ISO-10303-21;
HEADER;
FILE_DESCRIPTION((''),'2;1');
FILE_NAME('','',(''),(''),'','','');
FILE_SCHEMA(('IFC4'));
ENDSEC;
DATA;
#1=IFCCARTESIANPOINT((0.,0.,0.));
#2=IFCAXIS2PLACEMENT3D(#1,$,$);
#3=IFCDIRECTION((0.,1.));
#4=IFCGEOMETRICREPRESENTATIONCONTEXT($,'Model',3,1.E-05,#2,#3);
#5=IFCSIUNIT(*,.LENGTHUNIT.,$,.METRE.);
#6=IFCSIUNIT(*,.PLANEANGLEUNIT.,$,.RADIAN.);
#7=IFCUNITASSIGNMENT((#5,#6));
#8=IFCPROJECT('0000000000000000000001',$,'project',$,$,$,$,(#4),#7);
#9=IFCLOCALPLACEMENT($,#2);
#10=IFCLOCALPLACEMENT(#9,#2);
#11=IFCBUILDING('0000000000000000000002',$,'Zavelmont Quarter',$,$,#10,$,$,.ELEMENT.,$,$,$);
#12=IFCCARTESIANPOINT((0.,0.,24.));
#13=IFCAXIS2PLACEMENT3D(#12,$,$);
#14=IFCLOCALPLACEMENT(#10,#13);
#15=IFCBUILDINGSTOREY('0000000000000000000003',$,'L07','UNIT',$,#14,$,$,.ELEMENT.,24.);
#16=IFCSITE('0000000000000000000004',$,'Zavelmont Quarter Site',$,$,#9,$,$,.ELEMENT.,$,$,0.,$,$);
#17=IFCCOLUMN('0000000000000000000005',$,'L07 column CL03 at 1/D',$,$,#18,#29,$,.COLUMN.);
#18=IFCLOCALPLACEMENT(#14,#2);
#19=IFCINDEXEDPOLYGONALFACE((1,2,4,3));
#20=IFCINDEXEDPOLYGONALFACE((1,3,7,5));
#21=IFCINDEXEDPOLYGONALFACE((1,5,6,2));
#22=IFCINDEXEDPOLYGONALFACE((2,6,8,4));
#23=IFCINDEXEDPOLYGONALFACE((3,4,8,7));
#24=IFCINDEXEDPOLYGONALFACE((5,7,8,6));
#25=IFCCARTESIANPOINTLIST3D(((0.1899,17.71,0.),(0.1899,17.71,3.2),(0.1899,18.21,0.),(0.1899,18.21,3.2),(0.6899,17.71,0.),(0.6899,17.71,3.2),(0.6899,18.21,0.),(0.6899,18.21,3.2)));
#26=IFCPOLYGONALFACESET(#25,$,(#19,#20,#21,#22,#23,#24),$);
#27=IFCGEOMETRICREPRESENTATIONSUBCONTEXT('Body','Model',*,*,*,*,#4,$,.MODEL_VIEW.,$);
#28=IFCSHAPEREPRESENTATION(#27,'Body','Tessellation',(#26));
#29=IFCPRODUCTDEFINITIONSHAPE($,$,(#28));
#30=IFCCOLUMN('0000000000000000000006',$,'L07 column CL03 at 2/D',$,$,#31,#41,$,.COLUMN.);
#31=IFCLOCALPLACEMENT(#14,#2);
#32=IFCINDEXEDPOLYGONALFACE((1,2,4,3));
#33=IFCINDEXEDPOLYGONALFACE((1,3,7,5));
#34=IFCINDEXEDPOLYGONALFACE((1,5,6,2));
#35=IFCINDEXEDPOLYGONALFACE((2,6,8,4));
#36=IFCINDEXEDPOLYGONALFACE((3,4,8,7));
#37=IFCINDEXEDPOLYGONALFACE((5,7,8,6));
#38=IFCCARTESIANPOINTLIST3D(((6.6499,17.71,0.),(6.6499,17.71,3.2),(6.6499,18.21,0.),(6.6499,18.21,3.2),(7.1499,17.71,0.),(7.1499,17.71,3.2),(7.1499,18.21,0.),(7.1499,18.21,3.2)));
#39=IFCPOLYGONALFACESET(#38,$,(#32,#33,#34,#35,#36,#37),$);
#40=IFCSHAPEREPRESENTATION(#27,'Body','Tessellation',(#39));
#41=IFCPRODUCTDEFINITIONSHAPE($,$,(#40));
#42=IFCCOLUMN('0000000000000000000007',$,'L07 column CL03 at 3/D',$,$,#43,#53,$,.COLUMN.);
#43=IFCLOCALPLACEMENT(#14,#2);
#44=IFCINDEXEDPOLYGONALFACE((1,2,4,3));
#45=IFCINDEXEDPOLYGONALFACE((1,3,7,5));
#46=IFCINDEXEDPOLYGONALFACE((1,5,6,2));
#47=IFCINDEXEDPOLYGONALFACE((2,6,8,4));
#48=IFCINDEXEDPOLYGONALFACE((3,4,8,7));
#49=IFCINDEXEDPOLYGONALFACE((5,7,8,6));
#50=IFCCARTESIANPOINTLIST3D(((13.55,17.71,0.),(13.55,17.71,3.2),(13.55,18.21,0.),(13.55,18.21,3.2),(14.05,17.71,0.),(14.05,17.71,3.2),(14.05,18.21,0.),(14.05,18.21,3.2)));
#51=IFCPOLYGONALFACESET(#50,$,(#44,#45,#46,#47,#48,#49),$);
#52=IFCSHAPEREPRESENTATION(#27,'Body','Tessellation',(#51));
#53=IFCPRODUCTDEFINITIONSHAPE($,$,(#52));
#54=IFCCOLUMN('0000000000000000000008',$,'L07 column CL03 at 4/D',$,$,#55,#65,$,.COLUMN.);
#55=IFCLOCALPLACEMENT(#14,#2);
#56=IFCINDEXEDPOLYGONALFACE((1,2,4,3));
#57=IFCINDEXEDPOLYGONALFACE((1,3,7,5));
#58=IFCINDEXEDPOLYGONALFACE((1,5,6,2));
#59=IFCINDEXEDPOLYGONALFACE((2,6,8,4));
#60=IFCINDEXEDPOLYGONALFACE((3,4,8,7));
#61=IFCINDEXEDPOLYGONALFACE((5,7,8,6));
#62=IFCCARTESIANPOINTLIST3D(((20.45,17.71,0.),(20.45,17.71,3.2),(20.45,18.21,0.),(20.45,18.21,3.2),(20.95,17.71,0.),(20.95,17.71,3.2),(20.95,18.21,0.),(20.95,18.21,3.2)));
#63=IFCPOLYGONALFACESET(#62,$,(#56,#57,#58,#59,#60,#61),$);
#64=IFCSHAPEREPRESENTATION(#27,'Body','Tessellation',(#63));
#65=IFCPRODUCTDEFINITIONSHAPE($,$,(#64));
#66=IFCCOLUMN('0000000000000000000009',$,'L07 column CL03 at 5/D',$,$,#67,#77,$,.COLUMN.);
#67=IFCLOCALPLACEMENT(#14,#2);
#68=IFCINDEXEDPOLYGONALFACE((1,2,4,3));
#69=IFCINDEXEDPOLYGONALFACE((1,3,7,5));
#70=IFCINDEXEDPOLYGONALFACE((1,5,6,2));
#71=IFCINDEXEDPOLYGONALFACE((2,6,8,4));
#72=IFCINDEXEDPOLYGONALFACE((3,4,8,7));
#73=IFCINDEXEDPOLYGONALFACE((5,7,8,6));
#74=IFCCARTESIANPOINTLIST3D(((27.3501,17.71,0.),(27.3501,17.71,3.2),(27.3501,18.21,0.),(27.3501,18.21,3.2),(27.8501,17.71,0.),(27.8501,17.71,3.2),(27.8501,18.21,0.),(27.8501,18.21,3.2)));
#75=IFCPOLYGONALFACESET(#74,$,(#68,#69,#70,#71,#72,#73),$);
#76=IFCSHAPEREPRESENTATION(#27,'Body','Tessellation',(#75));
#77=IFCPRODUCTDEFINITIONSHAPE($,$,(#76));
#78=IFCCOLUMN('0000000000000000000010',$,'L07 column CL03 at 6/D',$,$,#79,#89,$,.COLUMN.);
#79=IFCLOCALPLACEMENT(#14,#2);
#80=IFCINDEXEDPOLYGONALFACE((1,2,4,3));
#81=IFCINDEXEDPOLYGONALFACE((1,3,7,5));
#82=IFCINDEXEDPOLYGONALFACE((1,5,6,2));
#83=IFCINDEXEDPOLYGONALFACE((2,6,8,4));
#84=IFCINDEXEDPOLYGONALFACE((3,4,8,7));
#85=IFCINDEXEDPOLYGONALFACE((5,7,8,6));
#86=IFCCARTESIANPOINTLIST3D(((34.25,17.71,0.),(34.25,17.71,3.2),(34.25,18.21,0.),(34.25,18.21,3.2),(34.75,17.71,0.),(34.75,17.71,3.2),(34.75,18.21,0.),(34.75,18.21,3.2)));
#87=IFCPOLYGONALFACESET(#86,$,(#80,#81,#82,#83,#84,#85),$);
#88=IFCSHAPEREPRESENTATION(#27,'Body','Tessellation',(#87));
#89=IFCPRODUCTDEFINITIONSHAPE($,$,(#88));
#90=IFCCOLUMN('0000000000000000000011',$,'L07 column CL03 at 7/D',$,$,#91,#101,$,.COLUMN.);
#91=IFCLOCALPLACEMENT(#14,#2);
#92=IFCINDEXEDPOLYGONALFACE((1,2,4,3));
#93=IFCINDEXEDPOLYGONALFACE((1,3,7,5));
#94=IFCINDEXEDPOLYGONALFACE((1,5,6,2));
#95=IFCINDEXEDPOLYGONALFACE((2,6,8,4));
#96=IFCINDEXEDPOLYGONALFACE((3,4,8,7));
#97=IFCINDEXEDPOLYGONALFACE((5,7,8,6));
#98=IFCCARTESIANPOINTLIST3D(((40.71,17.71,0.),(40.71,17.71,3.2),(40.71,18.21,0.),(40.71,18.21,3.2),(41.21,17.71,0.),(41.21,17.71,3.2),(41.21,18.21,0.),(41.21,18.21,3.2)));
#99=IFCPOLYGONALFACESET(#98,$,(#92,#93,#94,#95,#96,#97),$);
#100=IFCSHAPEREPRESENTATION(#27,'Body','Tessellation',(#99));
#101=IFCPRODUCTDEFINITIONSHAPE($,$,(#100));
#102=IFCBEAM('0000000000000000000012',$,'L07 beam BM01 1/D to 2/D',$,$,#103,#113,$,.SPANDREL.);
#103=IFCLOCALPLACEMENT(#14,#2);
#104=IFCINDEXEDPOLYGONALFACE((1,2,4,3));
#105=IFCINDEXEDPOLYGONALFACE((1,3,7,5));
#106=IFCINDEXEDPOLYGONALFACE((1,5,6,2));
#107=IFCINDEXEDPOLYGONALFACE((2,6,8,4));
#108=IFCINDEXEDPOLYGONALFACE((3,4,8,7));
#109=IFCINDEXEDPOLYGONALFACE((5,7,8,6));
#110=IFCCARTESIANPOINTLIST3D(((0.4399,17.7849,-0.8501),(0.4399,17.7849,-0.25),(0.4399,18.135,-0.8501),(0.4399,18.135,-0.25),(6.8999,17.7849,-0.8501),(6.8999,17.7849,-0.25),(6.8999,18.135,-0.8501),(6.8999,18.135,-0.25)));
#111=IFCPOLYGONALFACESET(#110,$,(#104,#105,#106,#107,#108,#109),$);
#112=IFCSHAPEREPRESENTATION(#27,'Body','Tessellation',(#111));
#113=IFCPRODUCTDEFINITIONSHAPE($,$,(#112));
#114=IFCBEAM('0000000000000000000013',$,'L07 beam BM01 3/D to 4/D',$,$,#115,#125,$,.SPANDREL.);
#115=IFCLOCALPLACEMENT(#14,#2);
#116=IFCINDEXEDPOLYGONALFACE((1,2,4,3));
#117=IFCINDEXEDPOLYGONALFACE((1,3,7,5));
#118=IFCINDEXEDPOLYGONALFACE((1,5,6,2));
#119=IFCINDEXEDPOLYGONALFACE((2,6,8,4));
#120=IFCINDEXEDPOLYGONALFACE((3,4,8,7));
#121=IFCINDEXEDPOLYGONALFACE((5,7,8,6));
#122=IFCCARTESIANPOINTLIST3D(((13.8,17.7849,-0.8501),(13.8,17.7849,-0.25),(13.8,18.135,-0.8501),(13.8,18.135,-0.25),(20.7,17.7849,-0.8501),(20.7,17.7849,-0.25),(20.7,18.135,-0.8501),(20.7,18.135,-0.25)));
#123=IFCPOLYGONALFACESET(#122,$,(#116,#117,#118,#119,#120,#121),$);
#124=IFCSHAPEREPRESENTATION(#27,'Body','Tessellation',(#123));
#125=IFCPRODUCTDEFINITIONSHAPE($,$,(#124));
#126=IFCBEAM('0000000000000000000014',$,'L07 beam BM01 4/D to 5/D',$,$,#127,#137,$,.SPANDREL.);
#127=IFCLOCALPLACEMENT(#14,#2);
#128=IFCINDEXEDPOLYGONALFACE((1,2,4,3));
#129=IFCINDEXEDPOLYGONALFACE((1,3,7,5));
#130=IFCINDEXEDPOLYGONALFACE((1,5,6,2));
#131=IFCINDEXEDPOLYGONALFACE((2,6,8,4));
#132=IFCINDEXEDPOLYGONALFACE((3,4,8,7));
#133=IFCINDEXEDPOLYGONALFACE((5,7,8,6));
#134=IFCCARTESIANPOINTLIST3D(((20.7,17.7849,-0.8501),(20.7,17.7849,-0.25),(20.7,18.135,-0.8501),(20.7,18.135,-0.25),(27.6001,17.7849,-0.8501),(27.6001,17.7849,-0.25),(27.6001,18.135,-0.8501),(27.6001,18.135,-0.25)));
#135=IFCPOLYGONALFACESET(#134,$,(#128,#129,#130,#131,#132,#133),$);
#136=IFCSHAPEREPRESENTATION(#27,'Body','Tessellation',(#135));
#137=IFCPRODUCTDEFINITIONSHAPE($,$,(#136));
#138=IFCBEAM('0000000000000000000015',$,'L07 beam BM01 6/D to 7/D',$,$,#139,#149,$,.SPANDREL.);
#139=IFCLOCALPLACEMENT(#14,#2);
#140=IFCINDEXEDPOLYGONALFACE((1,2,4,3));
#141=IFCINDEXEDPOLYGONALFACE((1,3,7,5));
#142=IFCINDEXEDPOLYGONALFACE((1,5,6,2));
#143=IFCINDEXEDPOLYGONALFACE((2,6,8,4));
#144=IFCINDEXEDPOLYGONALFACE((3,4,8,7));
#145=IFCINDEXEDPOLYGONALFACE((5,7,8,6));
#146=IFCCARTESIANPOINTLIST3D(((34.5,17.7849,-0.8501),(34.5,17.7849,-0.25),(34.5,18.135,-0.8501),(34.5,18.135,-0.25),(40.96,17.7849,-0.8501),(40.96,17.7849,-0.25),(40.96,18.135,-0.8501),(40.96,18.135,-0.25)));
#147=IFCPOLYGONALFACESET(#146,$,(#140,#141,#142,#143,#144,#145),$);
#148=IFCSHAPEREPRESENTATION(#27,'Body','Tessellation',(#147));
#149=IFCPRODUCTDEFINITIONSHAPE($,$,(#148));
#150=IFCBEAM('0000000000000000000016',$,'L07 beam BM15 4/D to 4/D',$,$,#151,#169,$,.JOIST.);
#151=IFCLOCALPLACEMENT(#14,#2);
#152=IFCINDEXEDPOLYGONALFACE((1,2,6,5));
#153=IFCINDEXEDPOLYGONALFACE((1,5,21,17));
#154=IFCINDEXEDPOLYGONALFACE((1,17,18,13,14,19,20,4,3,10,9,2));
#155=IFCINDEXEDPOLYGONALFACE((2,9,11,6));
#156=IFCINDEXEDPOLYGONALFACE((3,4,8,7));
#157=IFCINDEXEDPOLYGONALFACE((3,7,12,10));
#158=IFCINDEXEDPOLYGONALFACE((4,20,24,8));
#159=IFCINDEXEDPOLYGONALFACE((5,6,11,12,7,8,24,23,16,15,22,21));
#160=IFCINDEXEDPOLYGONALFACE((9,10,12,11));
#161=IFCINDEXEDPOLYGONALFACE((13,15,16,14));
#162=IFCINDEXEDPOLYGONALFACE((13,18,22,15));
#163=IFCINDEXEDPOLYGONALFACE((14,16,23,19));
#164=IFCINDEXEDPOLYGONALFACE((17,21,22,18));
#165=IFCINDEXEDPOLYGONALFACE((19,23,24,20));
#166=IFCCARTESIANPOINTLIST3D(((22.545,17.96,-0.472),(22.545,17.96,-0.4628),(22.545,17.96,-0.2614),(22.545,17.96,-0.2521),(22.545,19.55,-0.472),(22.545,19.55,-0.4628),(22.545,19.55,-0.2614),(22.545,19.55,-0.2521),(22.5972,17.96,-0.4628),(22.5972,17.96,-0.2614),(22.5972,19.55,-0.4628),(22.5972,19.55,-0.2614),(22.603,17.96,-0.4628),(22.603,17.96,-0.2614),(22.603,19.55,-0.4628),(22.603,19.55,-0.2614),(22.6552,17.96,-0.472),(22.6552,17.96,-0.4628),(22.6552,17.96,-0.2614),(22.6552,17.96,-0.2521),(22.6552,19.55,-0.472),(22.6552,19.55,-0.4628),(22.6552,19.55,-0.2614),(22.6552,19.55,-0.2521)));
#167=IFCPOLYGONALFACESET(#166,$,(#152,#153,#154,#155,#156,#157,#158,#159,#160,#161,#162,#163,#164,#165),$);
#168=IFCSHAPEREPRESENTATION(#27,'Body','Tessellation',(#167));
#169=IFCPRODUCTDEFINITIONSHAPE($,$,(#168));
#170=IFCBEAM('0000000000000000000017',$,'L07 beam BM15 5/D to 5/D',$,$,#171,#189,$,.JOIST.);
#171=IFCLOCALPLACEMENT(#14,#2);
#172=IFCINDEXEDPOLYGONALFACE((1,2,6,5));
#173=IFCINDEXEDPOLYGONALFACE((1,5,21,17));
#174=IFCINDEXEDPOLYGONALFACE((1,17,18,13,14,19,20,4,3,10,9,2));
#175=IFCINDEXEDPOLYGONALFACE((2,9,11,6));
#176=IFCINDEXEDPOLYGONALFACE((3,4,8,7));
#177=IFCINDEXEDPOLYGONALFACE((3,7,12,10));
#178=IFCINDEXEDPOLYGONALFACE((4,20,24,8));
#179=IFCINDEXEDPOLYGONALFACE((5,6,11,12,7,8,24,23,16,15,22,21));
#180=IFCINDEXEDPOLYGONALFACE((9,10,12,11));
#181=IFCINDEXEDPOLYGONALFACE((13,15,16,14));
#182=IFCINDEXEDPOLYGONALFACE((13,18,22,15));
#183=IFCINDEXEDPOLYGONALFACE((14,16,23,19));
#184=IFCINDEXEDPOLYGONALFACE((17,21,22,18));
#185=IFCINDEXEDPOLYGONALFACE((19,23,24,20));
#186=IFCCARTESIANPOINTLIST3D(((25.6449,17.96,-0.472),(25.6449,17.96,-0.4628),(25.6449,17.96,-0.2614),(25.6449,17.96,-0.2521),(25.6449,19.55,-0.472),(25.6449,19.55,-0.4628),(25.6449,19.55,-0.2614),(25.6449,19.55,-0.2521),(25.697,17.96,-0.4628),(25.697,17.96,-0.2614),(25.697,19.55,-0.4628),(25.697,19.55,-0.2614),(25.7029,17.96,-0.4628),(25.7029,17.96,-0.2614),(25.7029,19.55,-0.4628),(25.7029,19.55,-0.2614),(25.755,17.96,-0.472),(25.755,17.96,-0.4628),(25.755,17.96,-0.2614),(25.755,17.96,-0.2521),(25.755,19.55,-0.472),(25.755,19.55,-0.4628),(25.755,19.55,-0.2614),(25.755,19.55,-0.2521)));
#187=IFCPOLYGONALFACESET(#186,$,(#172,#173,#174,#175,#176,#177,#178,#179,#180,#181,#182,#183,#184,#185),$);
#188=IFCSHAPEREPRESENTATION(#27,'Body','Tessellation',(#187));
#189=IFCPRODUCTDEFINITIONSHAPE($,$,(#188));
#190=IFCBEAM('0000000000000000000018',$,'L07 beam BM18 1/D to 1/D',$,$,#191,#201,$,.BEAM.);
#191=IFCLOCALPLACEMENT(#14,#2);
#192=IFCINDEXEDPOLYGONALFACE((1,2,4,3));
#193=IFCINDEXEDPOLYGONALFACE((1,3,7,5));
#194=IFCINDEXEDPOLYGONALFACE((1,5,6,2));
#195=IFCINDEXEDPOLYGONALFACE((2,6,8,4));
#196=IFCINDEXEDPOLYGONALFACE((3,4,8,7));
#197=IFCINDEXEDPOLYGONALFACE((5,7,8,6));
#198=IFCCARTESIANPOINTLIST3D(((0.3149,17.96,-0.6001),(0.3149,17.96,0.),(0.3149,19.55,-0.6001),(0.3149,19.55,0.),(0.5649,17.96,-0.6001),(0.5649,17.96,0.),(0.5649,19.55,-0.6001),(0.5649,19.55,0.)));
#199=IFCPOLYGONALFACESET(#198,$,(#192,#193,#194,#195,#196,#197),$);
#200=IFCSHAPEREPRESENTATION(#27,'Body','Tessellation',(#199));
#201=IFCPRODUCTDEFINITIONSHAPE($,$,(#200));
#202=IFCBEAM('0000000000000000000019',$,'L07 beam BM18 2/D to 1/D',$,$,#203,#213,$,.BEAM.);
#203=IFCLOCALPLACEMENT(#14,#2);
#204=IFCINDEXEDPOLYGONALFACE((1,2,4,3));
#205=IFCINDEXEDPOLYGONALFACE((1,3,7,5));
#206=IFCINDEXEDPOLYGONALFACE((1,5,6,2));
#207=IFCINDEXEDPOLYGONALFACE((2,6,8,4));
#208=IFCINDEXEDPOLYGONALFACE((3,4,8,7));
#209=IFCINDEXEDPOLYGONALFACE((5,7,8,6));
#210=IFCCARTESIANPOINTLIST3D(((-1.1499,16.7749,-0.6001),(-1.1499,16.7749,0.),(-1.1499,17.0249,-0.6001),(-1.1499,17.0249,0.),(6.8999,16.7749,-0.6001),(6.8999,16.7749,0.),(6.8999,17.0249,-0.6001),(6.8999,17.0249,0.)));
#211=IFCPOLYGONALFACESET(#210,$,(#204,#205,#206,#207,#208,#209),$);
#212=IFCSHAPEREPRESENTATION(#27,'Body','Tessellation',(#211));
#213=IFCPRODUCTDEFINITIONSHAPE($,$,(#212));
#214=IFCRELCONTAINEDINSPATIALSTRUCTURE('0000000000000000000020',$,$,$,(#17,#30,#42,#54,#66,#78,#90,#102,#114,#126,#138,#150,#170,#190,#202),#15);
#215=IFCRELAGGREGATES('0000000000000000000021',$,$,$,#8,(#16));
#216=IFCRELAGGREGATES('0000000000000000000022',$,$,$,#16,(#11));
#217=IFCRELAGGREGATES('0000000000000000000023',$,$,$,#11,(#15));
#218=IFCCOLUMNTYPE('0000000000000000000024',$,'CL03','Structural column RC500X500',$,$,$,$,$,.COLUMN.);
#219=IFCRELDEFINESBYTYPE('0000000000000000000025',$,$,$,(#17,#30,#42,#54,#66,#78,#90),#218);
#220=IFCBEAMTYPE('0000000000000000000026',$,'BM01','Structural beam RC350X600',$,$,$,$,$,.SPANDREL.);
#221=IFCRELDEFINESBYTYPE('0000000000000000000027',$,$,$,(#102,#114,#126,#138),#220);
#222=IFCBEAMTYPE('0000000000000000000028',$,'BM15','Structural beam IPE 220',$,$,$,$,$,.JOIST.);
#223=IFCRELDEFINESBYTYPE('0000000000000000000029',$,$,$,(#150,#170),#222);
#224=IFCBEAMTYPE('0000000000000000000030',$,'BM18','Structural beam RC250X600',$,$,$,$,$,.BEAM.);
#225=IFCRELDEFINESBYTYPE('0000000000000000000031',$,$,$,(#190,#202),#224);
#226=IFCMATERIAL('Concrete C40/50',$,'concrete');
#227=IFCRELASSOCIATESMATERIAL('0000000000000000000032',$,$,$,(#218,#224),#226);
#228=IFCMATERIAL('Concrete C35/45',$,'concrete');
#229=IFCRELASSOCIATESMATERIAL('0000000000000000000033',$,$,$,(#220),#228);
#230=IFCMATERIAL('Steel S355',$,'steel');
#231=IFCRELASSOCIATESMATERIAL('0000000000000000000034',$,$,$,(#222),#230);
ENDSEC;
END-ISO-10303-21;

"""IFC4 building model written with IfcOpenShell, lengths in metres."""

from ifc_helpers import new_model, si_unit, direction, frame, origin, origin_2d, place, context, subcontext, project, spatial, rectangle, i_section, extrude, material, material_profile, profile_set, type_object, element, save


model = new_model("IFC4")

# Units and contexts
model_context = context("Model", 3, precision=1e-05, world=origin(), true_north=direction((0.0, 1.0)))
body_context = subcontext(model_context, "Body", "Model", "MODEL_VIEW")
ifc_project = project(units=[si_unit("LENGTHUNIT", "METRE"), si_unit("PLANEANGLEUNIT", "RADIAN")], contexts=[model_context])

# Site, building, storey
site_placement = place(None, origin())
site = spatial("IfcSite", under=ifc_project, at=site_placement, Name="Zavelmont Quarter Site", CompositionType="ELEMENT", RefElevation=0.0)
building_placement = place(site_placement, origin())
building = spatial("IfcBuilding", under=site, at=building_placement, Name="Zavelmont Quarter", CompositionType="ELEMENT")
storey_placement = place(building_placement, frame((0.0, 0.0, 24.0)))
storey = spatial("IfcBuildingStorey", under=building, at=storey_placement, Name="L07", Description="UNIT", CompositionType="ELEMENT", Elevation=24.0)

# Columns
ifc_material_1 = material(Name="Concrete C40/50", Category="concrete")
ifc_material_profile_1 = material_profile(ifc_material_1, rectangle(XDim=0.5, YDim=0.5, at=origin_2d()), Name="RC500X500")
ifc_profile_set_1 = profile_set([ifc_material_profile_1], Name="Concrete C40/50")
column_type = type_object("IfcColumnType", Name="CL03", Description="Structural column RC500X500", PredefinedType="COLUMN", material=ifc_profile_set_1)
for number, where, z_axis, x_axis, name in (
    (1, (0.4399, 17.96, 0.0), (0.0, 0.0, 1.0), (1.0, 0.0, 0.0), "L07 column CL03 at 1/D"),
    (2, (6.8999, 17.96, 0.0), (0.0, 0.0, 1.0), (1.0, 0.0, 0.0), "L07 column CL03 at 2/D"),
    (3, (13.8, 17.96, 0.0), (0.0, 0.0, 1.0), (1.0, 0.0, 0.0), "L07 column CL03 at 3/D"),
    (4, (20.7, 17.96, 0.0), (0.0, 0.0, 1.0), (1.0, 0.0, 0.0), "L07 column CL03 at 4/D"),
    (5, (27.6001, 17.96, 0.0), (0.0, 0.0, 1.0), (1.0, 0.0, 0.0), "L07 column CL03 at 5/D"),
    (6, (34.5, 17.96, 0.0), (0.0, 0.0, 1.0), (1.0, 0.0, 0.0), "L07 column CL03 at 6/D"),
    (7, (40.96, 17.96, 0.0), (0.0, 0.0, 1.0), (1.0, 0.0, 0.0), "L07 column CL03 at 7/D"),
):
    element("IfcColumn", number, at=place(storey_placement, frame(where, z_axis=z_axis, x_axis=x_axis)), inside=storey, type_object=column_type, Name=name, PredefinedType="COLUMN", context=body_context, shape_type="SweptSolid", body=[
        extrude(rectangle(XDim=0.5, YDim=0.5, at=origin_2d()), origin(), (0.0, 0.0, 1.0), 3.2),
    ])

# Beams
ifc_material_2 = material(Name="Concrete C35/45", Category="concrete")
ifc_material_profile_2 = material_profile(ifc_material_2, rectangle(XDim=0.3501, YDim=0.6001, at=origin_2d()), Name="RC350X600")
ifc_profile_set_2 = profile_set([ifc_material_profile_2], Name="Concrete C35/45")
beam_type_1 = type_object("IfcBeamType", Name="BM01", Description="Structural beam RC350X600", PredefinedType="SPANDREL", material=ifc_profile_set_2)
beam_1_placement = place(storey_placement, frame((0.4399, 17.96, -0.55), z_axis=(1.0, 0.0, 0.0), x_axis=(0.0, 1.0, 0.0)))
element("IfcBeam", 8, at=beam_1_placement, inside=storey, type_object=beam_type_1, Name="L07 beam BM01 1/D to 2/D", PredefinedType="SPANDREL", context=body_context, shape_type="SweptSolid", body=[
    extrude(rectangle(XDim=0.3501, YDim=0.6001, at=origin_2d()), origin(), (0.0, 0.0, 1.0), 6.46),
])
beam_2_placement = place(storey_placement, frame((13.8, 17.96, -0.55), z_axis=(1.0, 0.0, 0.0), x_axis=(0.0, 1.0, 0.0)))
element("IfcBeam", 9, at=beam_2_placement, inside=storey, type_object=beam_type_1, Name="L07 beam BM01 3/D to 4/D", PredefinedType="SPANDREL", context=body_context, shape_type="SweptSolid", body=[
    extrude(rectangle(XDim=0.3501, YDim=0.6001, at=origin_2d()), origin(), (0.0, 0.0, 1.0), 6.8999),
])
beam_3_placement = place(storey_placement, frame((20.7, 17.96, -0.55), z_axis=(1.0, 0.0, 0.0), x_axis=(0.0, 1.0, 0.0)))
element("IfcBeam", 10, at=beam_3_placement, inside=storey, type_object=beam_type_1, Name="L07 beam BM01 4/D to 5/D", PredefinedType="SPANDREL", context=body_context, shape_type="SweptSolid", body=[
    extrude(rectangle(XDim=0.3501, YDim=0.6001, at=origin_2d()), origin(), (0.0, 0.0, 1.0), 6.9001),
])
beam_4_placement = place(storey_placement, frame((34.5, 17.96, -0.55), z_axis=(1.0, 0.0, 0.0), x_axis=(0.0, 1.0, 0.0)))
element("IfcBeam", 11, at=beam_4_placement, inside=storey, type_object=beam_type_1, Name="L07 beam BM01 6/D to 7/D", PredefinedType="SPANDREL", context=body_context, shape_type="SweptSolid", body=[
    extrude(rectangle(XDim=0.3501, YDim=0.6001, at=origin_2d()), origin(), (0.0, 0.0, 1.0), 6.46),
])
ifc_material_3 = material(Name="Steel S355", Category="steel")
ifc_material_profile_3 = material_profile(ifc_material_3, i_section(OverallWidth=0.1101, OverallDepth=0.22, WebThickness=0.0059, FlangeThickness=0.0093, at=origin_2d()), Name="IPE 220")
ifc_profile_set_3 = profile_set([ifc_material_profile_3], Name="Steel S355")
beam_type_2 = type_object("IfcBeamType", Name="BM15", Description="Structural beam IPE 220", PredefinedType="JOIST", material=ifc_profile_set_3)
for number, where, z_axis, x_axis, name in (
    (12, (22.6001, 17.96, -0.3621), (0.0, 1.0, 0.0), (-1.0, 0.0, 0.0), "L07 beam BM15 4/D to 4/D"),
    (13, (25.7, 17.96, -0.3621), (0.0, 1.0, 0.0), (-1.0, 0.0, 0.0), "L07 beam BM15 5/D to 5/D"),
):
    element("IfcBeam", number, at=place(storey_placement, frame(where, z_axis=z_axis, x_axis=x_axis)), inside=storey, type_object=beam_type_2, Name=name, PredefinedType="JOIST", context=body_context, shape_type="SweptSolid", body=[
        extrude(i_section(OverallWidth=0.1101, OverallDepth=0.22, WebThickness=0.0059, FlangeThickness=0.0093, at=origin_2d()), origin(), (0.0, 0.0, 1.0), 1.5901),
    ])
ifc_material_profile_4 = material_profile(ifc_material_1, rectangle(XDim=0.25, YDim=0.6001, at=origin_2d()), Name="RC250X600")
ifc_profile_set_4 = profile_set([ifc_material_profile_4], Name="Concrete C40/50")
beam_type_3 = type_object("IfcBeamType", Name="BM18", Description="Structural beam RC250X600", PredefinedType="BEAM", material=ifc_profile_set_4)
beam_5_placement = place(storey_placement, frame((0.4399, 17.96, -0.3), z_axis=(0.0, 1.0, 0.0), x_axis=(-1.0, 0.0, 0.0)))
element("IfcBeam", 14, at=beam_5_placement, inside=storey, type_object=beam_type_3, Name="L07 beam BM18 1/D to 1/D", PredefinedType="BEAM", context=body_context, shape_type="SweptSolid", body=[
    extrude(rectangle(XDim=0.25, YDim=0.6001, at=origin_2d()), origin(), (0.0, 0.0, 1.0), 1.5901),
])
beam_6_placement = place(storey_placement, frame((6.8999, 16.8999, -0.3), z_axis=(-1.0, 0.0, 0.0), x_axis=(0.0, -1.0, 0.0)))
element("IfcBeam", 15, at=beam_6_placement, inside=storey, type_object=beam_type_3, Name="L07 beam BM18 2/D to 1/D", PredefinedType="BEAM", context=body_context, shape_type="SweptSolid", body=[
    extrude(rectangle(XDim=0.25, YDim=0.6001, at=origin_2d()), origin(), (0.0, 0.0, 1.0), 8.0498),
])

save(model, "model.ifc")
